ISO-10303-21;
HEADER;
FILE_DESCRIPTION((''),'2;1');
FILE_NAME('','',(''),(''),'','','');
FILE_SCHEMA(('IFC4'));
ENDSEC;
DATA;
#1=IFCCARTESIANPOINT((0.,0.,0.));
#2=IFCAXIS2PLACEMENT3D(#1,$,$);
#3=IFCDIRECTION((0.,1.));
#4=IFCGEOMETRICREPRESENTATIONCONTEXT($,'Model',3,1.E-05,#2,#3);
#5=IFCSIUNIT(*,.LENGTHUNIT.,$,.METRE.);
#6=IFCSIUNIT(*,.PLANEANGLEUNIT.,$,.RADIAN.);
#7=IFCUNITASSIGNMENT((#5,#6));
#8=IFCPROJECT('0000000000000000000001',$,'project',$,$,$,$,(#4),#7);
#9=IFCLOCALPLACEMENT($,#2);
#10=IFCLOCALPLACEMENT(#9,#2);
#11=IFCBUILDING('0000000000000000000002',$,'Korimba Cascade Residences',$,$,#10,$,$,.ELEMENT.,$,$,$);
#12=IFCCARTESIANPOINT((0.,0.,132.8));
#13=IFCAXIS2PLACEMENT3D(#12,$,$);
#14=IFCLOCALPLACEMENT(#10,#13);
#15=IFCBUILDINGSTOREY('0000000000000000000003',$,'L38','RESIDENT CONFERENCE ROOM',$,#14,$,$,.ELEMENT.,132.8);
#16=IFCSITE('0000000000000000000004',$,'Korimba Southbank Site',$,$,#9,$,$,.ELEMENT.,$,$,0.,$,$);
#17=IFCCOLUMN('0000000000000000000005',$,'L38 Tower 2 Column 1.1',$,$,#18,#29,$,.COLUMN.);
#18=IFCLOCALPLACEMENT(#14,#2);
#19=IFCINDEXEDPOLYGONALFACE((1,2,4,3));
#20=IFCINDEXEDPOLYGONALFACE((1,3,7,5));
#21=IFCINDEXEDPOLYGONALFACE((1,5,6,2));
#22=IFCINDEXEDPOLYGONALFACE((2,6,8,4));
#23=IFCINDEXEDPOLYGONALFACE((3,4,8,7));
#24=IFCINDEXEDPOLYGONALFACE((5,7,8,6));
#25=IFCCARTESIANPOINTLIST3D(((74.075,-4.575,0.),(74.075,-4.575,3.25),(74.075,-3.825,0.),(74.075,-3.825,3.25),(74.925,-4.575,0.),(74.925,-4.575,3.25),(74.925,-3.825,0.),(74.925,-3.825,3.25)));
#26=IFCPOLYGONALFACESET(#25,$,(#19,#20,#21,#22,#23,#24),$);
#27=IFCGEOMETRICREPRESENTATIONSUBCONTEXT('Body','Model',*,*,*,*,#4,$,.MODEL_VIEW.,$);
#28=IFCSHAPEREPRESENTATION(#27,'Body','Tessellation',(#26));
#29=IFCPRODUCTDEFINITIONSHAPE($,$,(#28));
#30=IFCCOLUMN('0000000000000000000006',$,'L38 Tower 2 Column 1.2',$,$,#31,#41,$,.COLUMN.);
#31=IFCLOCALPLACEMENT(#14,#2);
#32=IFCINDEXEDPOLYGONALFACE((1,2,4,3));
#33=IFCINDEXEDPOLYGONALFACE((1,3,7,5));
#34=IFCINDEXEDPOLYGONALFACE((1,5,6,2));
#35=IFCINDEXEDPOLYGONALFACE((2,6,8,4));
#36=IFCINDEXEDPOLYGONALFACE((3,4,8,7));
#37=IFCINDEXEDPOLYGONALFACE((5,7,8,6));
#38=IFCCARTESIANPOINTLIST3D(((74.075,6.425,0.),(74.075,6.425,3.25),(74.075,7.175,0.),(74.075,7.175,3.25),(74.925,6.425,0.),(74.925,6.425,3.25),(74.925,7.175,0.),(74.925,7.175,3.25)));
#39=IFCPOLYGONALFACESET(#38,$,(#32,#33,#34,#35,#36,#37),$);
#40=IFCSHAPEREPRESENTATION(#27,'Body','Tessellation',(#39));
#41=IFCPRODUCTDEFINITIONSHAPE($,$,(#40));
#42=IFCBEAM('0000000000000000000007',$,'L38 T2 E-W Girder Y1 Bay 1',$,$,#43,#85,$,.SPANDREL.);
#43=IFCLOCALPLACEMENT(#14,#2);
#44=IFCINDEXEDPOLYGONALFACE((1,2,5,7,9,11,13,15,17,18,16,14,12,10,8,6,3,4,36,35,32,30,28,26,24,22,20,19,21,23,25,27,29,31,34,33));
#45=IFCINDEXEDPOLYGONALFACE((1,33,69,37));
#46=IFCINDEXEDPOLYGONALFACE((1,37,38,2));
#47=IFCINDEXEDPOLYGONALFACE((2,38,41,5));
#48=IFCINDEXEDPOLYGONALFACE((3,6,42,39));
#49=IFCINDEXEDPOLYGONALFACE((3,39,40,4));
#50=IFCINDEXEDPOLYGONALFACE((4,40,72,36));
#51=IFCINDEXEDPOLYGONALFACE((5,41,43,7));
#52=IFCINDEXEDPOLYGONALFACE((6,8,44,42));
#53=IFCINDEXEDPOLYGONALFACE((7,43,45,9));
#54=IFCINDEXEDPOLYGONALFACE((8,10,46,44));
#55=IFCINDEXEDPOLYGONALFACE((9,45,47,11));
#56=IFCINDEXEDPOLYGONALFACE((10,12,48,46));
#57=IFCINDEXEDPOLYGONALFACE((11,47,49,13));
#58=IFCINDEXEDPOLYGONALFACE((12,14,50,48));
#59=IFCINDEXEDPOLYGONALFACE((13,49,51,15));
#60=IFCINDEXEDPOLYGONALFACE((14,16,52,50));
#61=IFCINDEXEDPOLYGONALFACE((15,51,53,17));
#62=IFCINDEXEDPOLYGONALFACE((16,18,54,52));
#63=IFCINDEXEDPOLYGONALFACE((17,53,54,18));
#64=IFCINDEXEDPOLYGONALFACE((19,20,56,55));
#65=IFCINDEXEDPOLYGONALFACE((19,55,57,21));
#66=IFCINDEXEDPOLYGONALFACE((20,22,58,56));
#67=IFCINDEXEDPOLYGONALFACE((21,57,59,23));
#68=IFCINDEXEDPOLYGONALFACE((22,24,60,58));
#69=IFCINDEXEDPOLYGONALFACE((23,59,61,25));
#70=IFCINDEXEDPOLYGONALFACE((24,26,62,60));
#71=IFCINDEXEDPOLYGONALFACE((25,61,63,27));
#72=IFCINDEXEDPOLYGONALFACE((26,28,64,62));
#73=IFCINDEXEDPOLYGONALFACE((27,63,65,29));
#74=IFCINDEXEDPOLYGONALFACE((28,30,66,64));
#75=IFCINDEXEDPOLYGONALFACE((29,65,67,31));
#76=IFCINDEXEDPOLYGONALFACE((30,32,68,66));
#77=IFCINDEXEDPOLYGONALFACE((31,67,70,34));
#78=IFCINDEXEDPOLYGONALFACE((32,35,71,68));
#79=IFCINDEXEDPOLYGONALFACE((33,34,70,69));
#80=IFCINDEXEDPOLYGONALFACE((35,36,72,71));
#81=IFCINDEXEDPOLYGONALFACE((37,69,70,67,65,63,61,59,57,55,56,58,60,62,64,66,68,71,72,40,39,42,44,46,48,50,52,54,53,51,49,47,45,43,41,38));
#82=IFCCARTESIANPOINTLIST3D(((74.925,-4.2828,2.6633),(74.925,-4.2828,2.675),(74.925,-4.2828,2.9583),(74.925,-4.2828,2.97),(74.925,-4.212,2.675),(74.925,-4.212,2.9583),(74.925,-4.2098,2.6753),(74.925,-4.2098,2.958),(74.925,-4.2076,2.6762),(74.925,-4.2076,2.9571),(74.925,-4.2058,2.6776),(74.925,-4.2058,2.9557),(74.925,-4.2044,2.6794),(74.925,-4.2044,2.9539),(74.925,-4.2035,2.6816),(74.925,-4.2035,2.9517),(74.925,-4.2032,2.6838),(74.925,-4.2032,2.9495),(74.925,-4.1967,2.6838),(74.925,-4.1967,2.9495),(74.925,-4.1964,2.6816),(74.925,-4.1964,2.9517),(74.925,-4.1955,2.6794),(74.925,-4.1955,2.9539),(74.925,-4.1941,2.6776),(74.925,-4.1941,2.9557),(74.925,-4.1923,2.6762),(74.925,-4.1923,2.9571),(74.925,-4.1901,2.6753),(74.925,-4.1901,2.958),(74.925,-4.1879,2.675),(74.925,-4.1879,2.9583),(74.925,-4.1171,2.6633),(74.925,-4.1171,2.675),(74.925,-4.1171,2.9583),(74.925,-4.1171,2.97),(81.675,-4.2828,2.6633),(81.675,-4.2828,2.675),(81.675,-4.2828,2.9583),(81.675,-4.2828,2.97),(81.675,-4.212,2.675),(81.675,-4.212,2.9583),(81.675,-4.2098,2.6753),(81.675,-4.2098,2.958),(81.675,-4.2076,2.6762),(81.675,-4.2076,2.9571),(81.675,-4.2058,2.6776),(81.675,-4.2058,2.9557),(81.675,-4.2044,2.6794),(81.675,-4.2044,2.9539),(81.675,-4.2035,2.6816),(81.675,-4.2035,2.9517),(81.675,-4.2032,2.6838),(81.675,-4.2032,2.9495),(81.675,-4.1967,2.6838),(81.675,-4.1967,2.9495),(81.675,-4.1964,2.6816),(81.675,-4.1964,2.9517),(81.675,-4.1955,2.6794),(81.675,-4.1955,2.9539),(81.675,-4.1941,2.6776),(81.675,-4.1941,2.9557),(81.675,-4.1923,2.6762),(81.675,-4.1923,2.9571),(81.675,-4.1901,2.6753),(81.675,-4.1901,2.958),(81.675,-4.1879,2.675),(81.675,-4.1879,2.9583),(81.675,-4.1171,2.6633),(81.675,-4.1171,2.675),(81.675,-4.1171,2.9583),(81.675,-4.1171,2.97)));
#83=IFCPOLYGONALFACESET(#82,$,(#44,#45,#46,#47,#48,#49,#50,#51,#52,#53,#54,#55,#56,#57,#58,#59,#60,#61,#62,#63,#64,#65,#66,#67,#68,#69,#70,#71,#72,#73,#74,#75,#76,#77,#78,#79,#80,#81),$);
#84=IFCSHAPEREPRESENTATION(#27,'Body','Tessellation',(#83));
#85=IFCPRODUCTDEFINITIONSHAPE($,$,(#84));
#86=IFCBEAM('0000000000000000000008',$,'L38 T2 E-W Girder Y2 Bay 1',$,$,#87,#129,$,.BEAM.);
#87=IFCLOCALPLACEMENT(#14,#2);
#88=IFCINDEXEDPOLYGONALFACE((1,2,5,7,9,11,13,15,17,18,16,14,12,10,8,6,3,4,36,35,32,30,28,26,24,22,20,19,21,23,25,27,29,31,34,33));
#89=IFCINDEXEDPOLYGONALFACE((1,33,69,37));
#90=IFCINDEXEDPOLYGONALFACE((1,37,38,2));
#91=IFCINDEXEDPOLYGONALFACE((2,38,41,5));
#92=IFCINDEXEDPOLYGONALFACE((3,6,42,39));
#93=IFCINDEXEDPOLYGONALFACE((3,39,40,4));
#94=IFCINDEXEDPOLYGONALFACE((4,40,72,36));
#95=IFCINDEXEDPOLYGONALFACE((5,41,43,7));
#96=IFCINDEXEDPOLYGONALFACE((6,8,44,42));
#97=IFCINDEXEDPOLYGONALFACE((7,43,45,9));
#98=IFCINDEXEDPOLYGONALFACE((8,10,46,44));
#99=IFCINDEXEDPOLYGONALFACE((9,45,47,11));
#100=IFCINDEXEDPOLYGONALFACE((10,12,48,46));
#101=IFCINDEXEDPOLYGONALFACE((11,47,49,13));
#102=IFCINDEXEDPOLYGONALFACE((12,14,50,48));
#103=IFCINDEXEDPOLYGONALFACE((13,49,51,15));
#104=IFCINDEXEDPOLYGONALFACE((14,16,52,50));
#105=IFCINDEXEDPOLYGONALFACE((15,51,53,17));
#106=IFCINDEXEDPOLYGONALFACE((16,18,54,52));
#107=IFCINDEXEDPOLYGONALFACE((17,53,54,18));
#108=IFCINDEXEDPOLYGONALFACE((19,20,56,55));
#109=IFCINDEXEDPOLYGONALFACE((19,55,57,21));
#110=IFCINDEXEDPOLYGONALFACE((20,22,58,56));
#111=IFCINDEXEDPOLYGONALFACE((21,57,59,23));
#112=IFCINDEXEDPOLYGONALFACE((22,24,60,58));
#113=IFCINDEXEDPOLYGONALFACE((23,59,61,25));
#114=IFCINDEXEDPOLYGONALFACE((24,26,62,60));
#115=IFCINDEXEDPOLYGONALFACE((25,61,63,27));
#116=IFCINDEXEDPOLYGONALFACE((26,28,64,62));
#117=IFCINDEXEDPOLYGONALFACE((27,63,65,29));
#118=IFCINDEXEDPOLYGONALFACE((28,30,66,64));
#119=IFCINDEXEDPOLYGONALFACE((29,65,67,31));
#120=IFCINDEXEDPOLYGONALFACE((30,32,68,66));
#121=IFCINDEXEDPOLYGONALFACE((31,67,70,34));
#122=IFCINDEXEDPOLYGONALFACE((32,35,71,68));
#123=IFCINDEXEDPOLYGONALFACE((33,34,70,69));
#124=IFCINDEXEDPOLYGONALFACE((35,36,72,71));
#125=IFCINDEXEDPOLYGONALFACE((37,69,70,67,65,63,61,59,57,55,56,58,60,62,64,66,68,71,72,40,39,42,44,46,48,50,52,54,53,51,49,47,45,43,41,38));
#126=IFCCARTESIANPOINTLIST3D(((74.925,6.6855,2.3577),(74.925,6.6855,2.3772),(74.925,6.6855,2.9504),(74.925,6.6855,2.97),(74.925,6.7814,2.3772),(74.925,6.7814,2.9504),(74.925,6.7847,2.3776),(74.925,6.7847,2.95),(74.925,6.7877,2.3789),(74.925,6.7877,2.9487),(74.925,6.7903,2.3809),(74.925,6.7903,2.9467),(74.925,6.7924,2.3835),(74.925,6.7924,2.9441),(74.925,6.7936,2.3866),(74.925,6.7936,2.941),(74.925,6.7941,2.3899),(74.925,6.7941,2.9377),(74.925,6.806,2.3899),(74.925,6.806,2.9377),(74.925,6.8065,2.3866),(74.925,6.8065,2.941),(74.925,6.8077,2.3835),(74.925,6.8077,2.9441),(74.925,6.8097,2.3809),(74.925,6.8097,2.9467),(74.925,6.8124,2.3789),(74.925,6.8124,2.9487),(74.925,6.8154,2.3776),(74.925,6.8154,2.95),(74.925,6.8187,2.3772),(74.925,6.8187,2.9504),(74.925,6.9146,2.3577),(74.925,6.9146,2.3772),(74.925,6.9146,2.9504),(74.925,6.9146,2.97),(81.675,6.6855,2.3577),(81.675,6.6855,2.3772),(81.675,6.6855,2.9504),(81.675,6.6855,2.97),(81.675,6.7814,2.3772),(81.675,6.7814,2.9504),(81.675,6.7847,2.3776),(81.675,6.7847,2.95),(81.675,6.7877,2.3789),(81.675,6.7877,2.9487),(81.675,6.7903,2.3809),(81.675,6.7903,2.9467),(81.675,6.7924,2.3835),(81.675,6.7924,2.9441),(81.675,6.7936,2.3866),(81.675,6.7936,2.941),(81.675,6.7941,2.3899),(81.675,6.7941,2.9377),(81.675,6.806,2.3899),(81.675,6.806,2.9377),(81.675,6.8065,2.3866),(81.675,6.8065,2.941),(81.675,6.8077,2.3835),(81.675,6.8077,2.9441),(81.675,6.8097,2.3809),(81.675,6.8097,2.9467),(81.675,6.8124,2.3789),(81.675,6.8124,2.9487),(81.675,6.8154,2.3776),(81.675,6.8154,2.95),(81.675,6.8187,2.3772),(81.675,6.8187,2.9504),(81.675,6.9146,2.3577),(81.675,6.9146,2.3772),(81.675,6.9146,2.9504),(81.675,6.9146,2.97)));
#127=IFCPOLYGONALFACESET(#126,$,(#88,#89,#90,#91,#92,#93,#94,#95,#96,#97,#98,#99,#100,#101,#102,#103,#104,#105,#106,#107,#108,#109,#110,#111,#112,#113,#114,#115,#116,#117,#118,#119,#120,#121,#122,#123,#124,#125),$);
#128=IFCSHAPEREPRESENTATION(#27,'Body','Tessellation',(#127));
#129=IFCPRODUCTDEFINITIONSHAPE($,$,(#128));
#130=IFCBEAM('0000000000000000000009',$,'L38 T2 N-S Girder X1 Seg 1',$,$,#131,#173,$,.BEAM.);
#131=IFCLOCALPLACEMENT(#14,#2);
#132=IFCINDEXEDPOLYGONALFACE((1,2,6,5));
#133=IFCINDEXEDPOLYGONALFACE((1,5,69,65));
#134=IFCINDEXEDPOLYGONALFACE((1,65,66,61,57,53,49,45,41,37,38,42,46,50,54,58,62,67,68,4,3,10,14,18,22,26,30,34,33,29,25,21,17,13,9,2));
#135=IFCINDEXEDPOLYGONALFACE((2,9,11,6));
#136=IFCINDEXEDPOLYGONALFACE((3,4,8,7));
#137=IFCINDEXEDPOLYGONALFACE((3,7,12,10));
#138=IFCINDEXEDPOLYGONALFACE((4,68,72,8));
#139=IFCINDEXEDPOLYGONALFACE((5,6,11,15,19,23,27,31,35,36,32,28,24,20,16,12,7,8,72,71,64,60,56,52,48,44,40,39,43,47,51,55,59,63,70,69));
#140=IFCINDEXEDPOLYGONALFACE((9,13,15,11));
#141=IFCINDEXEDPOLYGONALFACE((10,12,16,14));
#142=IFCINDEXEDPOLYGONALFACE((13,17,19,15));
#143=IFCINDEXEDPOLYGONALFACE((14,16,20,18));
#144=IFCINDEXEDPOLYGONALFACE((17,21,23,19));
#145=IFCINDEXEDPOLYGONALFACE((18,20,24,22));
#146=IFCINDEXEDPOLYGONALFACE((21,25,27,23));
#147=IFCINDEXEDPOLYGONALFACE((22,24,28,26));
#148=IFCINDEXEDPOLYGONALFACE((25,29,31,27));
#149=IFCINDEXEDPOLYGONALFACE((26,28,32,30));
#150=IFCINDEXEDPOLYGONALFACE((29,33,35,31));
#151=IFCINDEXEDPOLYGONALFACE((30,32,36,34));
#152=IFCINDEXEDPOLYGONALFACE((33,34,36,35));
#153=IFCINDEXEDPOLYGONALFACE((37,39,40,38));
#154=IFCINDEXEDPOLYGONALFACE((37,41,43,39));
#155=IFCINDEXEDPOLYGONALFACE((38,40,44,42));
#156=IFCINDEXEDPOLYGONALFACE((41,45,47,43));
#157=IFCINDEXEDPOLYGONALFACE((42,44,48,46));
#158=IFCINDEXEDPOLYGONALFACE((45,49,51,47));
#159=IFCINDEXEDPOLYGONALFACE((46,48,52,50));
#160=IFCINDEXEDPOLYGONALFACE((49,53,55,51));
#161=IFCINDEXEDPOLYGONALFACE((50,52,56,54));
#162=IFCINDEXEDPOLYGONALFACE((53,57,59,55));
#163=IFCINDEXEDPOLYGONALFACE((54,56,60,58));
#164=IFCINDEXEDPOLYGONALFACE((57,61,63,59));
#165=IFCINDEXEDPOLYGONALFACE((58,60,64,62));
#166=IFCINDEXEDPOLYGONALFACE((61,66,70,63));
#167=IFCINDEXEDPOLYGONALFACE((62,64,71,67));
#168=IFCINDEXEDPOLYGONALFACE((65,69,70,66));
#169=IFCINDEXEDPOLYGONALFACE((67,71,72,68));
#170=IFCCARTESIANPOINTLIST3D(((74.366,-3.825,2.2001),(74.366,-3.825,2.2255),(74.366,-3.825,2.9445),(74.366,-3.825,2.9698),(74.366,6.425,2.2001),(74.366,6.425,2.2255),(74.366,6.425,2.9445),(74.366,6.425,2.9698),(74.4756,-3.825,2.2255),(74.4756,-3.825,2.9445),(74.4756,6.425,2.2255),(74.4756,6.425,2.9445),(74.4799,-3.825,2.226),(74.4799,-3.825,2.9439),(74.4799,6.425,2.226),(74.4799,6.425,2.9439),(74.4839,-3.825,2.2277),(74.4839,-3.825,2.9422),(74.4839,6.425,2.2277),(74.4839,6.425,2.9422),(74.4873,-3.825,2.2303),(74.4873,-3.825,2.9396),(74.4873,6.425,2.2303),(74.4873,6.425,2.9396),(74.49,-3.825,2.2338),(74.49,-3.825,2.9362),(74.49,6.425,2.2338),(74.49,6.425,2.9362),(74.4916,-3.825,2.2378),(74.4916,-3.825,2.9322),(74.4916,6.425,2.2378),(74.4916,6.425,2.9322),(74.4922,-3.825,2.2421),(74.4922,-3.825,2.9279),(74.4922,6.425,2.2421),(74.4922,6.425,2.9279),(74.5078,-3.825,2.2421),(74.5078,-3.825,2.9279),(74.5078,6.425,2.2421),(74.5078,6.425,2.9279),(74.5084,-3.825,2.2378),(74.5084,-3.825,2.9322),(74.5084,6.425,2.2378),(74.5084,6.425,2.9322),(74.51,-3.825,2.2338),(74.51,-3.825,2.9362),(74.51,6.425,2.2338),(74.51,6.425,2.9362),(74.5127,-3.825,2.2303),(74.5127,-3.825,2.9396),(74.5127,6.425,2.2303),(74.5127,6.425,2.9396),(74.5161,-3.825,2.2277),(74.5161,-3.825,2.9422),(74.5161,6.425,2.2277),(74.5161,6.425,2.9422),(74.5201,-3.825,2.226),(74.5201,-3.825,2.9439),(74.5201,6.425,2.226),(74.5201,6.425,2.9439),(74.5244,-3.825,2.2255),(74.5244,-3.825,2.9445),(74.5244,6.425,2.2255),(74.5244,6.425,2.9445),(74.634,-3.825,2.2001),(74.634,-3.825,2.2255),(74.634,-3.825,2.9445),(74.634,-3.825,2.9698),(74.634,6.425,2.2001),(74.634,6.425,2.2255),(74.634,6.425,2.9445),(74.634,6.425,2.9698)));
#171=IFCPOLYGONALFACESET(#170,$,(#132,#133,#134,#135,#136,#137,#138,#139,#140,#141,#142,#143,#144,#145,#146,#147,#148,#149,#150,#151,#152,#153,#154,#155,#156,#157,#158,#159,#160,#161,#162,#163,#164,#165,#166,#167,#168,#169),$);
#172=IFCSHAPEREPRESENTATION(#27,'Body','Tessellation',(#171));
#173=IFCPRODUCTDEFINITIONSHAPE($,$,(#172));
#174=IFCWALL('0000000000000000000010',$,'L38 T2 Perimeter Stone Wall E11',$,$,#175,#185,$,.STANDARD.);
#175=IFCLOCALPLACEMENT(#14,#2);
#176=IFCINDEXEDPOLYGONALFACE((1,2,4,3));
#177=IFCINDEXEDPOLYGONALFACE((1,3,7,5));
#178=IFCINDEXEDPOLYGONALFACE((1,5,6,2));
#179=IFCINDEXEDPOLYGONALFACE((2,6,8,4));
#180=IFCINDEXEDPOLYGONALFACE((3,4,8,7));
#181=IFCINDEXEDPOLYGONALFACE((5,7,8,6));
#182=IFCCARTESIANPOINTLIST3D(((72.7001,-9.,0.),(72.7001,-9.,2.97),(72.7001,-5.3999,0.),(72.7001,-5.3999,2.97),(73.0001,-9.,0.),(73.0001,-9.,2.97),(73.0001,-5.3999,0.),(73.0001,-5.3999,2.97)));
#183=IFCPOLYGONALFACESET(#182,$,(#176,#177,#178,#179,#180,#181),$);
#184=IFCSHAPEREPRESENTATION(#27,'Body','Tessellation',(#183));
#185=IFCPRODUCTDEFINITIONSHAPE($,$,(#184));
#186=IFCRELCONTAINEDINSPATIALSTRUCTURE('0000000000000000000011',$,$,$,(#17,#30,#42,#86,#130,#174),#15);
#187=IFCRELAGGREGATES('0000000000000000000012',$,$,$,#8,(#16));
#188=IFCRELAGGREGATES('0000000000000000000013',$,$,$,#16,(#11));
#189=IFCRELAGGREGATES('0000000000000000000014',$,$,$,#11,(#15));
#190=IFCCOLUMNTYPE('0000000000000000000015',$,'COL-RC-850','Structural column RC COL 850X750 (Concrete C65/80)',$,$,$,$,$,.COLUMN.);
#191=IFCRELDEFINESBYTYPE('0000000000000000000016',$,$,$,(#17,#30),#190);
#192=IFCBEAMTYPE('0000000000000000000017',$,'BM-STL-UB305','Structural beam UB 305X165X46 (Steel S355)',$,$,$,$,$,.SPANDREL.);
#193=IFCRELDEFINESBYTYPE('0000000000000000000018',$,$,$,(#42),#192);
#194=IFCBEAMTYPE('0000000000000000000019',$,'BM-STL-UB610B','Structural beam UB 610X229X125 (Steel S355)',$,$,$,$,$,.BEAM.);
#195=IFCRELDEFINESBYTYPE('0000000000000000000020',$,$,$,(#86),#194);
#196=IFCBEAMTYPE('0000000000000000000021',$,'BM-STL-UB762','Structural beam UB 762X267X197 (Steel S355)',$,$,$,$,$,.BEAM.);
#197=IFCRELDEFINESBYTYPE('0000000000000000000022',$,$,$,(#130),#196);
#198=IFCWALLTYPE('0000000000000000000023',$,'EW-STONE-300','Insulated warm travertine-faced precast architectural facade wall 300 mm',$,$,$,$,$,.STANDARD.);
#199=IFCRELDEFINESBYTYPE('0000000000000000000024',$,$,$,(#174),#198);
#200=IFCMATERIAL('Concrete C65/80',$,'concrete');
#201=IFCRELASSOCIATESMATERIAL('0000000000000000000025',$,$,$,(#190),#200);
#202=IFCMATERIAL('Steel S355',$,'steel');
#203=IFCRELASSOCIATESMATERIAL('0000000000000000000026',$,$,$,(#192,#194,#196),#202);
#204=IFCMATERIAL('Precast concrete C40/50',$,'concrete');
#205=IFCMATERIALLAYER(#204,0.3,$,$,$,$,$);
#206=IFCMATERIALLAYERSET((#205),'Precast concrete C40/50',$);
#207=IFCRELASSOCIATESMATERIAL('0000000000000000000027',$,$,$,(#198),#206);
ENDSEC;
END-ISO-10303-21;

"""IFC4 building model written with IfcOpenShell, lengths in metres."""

from ifc_helpers import new_model, si_unit, direction, frame, frame_2d, origin, origin_2d, place, context, subcontext, project, spatial, rectangle, i_section, extrude, material, layer, layer_set, material_profile, profile_set, type_object, element, save


model = new_model("IFC4")

# Units and contexts
model_context = context("Model", 3, precision=1e-05, world=origin(), true_north=direction((0.0, 1.0)))
body_context = subcontext(model_context, "Body", "Model", "MODEL_VIEW")
ifc_project = project(units=[si_unit("LENGTHUNIT", "METRE"), si_unit("PLANEANGLEUNIT", "RADIAN")], contexts=[model_context])

# Site, building, storey
site_placement = place(None, origin())
site = spatial("IfcSite", under=ifc_project, at=site_placement, Name="Korimba Southbank Site", CompositionType="ELEMENT", RefElevation=0.0)
building_placement = place(site_placement, origin())
building = spatial("IfcBuilding", under=site, at=building_placement, Name="Korimba Cascade Residences", CompositionType="ELEMENT")
storey_placement = place(building_placement, frame((0.0, 0.0, 132.8)))
storey = spatial("IfcBuildingStorey", under=building, at=storey_placement, Name="L38", Description="RESIDENT CONFERENCE ROOM", CompositionType="ELEMENT", Elevation=132.8)

# Columns
ifc_material_1 = material(Name="Concrete C65/80", Category="concrete")
ifc_material_profile_1 = material_profile(ifc_material_1, rectangle(XDim=0.8501, YDim=0.75, at=origin_2d()), Name="Concrete C65/80")
ifc_profile_set_1 = profile_set([ifc_material_profile_1], Name="Concrete C65/80")
column_type = type_object("IfcColumnType", Name="COL-RC-850", Description="Structural column RC COL 850X750 (Concrete C65/80)", PredefinedType="COLUMN", material=ifc_profile_set_1)
for number, where, z_axis, x_axis, name in (
    (1, (74.5, -4.2, 0.0), (0.0, 0.0, 1.0), (1.0, 0.0, 0.0), "L38 Tower 2 Column 1.1"),
    (2, (74.5, 6.8, 0.0), (0.0, 0.0, 1.0), (1.0, 0.0, 0.0), "L38 Tower 2 Column 1.2"),
):
    element("IfcColumn", number, at=place(storey_placement, frame(where, z_axis=z_axis, x_axis=x_axis)), inside=storey, type_object=column_type, Name=name, PredefinedType="COLUMN", context=body_context, shape_type="SweptSolid", body=[
        extrude(rectangle(XDim=0.8501, YDim=0.75, at=origin_2d()), origin(), (0.0, 0.0, 1.0), 3.25),
    ])

# Beams
ifc_material_2 = material(Name="Steel S355", Category="steel")
ifc_material_profile_2 = material_profile(ifc_material_2, i_section(OverallWidth=0.1658, OverallDepth=0.3066, WebThickness=0.0066, FlangeThickness=0.0117, FilletRadius=0.0088, at=origin_2d()), Name="Steel S355")
ifc_profile_set_2 = profile_set([ifc_material_profile_2], Name="Steel S355")
beam_type_1 = type_object("IfcBeamType", Name="BM-STL-UB305", Description="Structural beam UB 305X165X46 (Steel S355)", PredefinedType="SPANDREL", material=ifc_profile_set_2)
beam_1_placement = place(storey_placement, frame((74.925, -4.2, 2.8167), z_axis=(1.0, 0.0, 0.0), x_axis=(0.0, 1.0, 0.0)))
element("IfcBeam", 3, at=beam_1_placement, inside=storey, type_object=beam_type_1, Name="L38 T2 E-W Girder Y1 Bay 1", PredefinedType="SPANDREL", context=body_context, shape_type="SweptSolid", body=[
    extrude(i_section(OverallWidth=0.1658, OverallDepth=0.3066, WebThickness=0.0066, FlangeThickness=0.0117, FilletRadius=0.0088, at=origin_2d()), origin(), (0.0, 0.0, 1.0), 6.75),
])
ifc_material_profile_3 = material_profile(ifc_material_2, i_section(OverallWidth=0.229, OverallDepth=0.6123, WebThickness=0.012, FlangeThickness=0.0195, FilletRadius=0.0127, at=origin_2d()), Name="Steel S355")
ifc_profile_set_3 = profile_set([ifc_material_profile_3], Name="Steel S355")
beam_type_2 = type_object("IfcBeamType", Name="BM-STL-UB610B", Description="Structural beam UB 610X229X125 (Steel S355)", PredefinedType="BEAM", material=ifc_profile_set_3)
beam_2_placement = place(storey_placement, frame((74.925, 6.8, 2.6638), z_axis=(1.0, 0.0, 0.0), x_axis=(0.0, 1.0, 0.0)))
element("IfcBeam", 4, at=beam_2_placement, inside=storey, type_object=beam_type_2, Name="L38 T2 E-W Girder Y2 Bay 1", PredefinedType="BEAM", context=body_context, shape_type="SweptSolid", body=[
    extrude(i_section(OverallWidth=0.229, OverallDepth=0.6123, WebThickness=0.012, FlangeThickness=0.0195, FilletRadius=0.0127, at=origin_2d()), origin(), (0.0, 0.0, 1.0), 6.75),
])
ifc_material_profile_4 = material_profile(ifc_material_2, i_section(OverallWidth=0.2681, OverallDepth=0.7698, WebThickness=0.0156, FlangeThickness=0.0254, FilletRadius=0.0166, at=origin_2d()), Name="Steel S355")
ifc_profile_set_4 = profile_set([ifc_material_profile_4], Name="Steel S355")
beam_type_3 = type_object("IfcBeamType", Name="BM-STL-UB762", Description="Structural beam UB 762X267X197 (Steel S355)", PredefinedType="BEAM", material=ifc_profile_set_4)
beam_3_placement = place(storey_placement, frame((74.5, -3.825, 2.585), z_axis=(0.0, 1.0, 0.0), x_axis=(-1.0, 0.0, 0.0)))
element("IfcBeam", 5, at=beam_3_placement, inside=storey, type_object=beam_type_3, Name="L38 T2 N-S Girder X1 Seg 1", PredefinedType="BEAM", context=body_context, shape_type="SweptSolid", body=[
    extrude(i_section(OverallWidth=0.2681, OverallDepth=0.7698, WebThickness=0.0156, FlangeThickness=0.0254, FilletRadius=0.0166, at=origin_2d()), origin(), (0.0, 0.0, 1.0), 10.25),
])

# Wall
ifc_material_3 = material(Name="Precast concrete C40/50", Category="concrete")
ifc_layer_1 = layer(ifc_material_3, 0.3)
ifc_layer_set_1 = layer_set([ifc_layer_1], Name="Precast concrete C40/50")
wall_type_1 = type_object("IfcWallType", Name="EW-STONE-300", Description="Insulated warm travertine-faced precast architectural facade wall 300 mm", PredefinedType="STANDARD", material=ifc_layer_set_1)
wall_1_placement = place(storey_placement, frame((72.8501, -5.3999, 0.0), z_axis=(0.0, 0.0, 1.0), x_axis=(0.0, -1.0, 0.0)))
element("IfcWall", 6, at=wall_1_placement, inside=storey, type_object=wall_type_1, Name="L38 T2 Perimeter Stone Wall E11", PredefinedType="STANDARD", context=body_context, shape_type="SweptSolid", body=[
    extrude(rectangle(XDim=3.6001, YDim=0.3, at=frame_2d((1.8, 0.0))), origin(), (0.0, 0.0, 1.0), 2.97),
])

save(model, "model.ifc")
